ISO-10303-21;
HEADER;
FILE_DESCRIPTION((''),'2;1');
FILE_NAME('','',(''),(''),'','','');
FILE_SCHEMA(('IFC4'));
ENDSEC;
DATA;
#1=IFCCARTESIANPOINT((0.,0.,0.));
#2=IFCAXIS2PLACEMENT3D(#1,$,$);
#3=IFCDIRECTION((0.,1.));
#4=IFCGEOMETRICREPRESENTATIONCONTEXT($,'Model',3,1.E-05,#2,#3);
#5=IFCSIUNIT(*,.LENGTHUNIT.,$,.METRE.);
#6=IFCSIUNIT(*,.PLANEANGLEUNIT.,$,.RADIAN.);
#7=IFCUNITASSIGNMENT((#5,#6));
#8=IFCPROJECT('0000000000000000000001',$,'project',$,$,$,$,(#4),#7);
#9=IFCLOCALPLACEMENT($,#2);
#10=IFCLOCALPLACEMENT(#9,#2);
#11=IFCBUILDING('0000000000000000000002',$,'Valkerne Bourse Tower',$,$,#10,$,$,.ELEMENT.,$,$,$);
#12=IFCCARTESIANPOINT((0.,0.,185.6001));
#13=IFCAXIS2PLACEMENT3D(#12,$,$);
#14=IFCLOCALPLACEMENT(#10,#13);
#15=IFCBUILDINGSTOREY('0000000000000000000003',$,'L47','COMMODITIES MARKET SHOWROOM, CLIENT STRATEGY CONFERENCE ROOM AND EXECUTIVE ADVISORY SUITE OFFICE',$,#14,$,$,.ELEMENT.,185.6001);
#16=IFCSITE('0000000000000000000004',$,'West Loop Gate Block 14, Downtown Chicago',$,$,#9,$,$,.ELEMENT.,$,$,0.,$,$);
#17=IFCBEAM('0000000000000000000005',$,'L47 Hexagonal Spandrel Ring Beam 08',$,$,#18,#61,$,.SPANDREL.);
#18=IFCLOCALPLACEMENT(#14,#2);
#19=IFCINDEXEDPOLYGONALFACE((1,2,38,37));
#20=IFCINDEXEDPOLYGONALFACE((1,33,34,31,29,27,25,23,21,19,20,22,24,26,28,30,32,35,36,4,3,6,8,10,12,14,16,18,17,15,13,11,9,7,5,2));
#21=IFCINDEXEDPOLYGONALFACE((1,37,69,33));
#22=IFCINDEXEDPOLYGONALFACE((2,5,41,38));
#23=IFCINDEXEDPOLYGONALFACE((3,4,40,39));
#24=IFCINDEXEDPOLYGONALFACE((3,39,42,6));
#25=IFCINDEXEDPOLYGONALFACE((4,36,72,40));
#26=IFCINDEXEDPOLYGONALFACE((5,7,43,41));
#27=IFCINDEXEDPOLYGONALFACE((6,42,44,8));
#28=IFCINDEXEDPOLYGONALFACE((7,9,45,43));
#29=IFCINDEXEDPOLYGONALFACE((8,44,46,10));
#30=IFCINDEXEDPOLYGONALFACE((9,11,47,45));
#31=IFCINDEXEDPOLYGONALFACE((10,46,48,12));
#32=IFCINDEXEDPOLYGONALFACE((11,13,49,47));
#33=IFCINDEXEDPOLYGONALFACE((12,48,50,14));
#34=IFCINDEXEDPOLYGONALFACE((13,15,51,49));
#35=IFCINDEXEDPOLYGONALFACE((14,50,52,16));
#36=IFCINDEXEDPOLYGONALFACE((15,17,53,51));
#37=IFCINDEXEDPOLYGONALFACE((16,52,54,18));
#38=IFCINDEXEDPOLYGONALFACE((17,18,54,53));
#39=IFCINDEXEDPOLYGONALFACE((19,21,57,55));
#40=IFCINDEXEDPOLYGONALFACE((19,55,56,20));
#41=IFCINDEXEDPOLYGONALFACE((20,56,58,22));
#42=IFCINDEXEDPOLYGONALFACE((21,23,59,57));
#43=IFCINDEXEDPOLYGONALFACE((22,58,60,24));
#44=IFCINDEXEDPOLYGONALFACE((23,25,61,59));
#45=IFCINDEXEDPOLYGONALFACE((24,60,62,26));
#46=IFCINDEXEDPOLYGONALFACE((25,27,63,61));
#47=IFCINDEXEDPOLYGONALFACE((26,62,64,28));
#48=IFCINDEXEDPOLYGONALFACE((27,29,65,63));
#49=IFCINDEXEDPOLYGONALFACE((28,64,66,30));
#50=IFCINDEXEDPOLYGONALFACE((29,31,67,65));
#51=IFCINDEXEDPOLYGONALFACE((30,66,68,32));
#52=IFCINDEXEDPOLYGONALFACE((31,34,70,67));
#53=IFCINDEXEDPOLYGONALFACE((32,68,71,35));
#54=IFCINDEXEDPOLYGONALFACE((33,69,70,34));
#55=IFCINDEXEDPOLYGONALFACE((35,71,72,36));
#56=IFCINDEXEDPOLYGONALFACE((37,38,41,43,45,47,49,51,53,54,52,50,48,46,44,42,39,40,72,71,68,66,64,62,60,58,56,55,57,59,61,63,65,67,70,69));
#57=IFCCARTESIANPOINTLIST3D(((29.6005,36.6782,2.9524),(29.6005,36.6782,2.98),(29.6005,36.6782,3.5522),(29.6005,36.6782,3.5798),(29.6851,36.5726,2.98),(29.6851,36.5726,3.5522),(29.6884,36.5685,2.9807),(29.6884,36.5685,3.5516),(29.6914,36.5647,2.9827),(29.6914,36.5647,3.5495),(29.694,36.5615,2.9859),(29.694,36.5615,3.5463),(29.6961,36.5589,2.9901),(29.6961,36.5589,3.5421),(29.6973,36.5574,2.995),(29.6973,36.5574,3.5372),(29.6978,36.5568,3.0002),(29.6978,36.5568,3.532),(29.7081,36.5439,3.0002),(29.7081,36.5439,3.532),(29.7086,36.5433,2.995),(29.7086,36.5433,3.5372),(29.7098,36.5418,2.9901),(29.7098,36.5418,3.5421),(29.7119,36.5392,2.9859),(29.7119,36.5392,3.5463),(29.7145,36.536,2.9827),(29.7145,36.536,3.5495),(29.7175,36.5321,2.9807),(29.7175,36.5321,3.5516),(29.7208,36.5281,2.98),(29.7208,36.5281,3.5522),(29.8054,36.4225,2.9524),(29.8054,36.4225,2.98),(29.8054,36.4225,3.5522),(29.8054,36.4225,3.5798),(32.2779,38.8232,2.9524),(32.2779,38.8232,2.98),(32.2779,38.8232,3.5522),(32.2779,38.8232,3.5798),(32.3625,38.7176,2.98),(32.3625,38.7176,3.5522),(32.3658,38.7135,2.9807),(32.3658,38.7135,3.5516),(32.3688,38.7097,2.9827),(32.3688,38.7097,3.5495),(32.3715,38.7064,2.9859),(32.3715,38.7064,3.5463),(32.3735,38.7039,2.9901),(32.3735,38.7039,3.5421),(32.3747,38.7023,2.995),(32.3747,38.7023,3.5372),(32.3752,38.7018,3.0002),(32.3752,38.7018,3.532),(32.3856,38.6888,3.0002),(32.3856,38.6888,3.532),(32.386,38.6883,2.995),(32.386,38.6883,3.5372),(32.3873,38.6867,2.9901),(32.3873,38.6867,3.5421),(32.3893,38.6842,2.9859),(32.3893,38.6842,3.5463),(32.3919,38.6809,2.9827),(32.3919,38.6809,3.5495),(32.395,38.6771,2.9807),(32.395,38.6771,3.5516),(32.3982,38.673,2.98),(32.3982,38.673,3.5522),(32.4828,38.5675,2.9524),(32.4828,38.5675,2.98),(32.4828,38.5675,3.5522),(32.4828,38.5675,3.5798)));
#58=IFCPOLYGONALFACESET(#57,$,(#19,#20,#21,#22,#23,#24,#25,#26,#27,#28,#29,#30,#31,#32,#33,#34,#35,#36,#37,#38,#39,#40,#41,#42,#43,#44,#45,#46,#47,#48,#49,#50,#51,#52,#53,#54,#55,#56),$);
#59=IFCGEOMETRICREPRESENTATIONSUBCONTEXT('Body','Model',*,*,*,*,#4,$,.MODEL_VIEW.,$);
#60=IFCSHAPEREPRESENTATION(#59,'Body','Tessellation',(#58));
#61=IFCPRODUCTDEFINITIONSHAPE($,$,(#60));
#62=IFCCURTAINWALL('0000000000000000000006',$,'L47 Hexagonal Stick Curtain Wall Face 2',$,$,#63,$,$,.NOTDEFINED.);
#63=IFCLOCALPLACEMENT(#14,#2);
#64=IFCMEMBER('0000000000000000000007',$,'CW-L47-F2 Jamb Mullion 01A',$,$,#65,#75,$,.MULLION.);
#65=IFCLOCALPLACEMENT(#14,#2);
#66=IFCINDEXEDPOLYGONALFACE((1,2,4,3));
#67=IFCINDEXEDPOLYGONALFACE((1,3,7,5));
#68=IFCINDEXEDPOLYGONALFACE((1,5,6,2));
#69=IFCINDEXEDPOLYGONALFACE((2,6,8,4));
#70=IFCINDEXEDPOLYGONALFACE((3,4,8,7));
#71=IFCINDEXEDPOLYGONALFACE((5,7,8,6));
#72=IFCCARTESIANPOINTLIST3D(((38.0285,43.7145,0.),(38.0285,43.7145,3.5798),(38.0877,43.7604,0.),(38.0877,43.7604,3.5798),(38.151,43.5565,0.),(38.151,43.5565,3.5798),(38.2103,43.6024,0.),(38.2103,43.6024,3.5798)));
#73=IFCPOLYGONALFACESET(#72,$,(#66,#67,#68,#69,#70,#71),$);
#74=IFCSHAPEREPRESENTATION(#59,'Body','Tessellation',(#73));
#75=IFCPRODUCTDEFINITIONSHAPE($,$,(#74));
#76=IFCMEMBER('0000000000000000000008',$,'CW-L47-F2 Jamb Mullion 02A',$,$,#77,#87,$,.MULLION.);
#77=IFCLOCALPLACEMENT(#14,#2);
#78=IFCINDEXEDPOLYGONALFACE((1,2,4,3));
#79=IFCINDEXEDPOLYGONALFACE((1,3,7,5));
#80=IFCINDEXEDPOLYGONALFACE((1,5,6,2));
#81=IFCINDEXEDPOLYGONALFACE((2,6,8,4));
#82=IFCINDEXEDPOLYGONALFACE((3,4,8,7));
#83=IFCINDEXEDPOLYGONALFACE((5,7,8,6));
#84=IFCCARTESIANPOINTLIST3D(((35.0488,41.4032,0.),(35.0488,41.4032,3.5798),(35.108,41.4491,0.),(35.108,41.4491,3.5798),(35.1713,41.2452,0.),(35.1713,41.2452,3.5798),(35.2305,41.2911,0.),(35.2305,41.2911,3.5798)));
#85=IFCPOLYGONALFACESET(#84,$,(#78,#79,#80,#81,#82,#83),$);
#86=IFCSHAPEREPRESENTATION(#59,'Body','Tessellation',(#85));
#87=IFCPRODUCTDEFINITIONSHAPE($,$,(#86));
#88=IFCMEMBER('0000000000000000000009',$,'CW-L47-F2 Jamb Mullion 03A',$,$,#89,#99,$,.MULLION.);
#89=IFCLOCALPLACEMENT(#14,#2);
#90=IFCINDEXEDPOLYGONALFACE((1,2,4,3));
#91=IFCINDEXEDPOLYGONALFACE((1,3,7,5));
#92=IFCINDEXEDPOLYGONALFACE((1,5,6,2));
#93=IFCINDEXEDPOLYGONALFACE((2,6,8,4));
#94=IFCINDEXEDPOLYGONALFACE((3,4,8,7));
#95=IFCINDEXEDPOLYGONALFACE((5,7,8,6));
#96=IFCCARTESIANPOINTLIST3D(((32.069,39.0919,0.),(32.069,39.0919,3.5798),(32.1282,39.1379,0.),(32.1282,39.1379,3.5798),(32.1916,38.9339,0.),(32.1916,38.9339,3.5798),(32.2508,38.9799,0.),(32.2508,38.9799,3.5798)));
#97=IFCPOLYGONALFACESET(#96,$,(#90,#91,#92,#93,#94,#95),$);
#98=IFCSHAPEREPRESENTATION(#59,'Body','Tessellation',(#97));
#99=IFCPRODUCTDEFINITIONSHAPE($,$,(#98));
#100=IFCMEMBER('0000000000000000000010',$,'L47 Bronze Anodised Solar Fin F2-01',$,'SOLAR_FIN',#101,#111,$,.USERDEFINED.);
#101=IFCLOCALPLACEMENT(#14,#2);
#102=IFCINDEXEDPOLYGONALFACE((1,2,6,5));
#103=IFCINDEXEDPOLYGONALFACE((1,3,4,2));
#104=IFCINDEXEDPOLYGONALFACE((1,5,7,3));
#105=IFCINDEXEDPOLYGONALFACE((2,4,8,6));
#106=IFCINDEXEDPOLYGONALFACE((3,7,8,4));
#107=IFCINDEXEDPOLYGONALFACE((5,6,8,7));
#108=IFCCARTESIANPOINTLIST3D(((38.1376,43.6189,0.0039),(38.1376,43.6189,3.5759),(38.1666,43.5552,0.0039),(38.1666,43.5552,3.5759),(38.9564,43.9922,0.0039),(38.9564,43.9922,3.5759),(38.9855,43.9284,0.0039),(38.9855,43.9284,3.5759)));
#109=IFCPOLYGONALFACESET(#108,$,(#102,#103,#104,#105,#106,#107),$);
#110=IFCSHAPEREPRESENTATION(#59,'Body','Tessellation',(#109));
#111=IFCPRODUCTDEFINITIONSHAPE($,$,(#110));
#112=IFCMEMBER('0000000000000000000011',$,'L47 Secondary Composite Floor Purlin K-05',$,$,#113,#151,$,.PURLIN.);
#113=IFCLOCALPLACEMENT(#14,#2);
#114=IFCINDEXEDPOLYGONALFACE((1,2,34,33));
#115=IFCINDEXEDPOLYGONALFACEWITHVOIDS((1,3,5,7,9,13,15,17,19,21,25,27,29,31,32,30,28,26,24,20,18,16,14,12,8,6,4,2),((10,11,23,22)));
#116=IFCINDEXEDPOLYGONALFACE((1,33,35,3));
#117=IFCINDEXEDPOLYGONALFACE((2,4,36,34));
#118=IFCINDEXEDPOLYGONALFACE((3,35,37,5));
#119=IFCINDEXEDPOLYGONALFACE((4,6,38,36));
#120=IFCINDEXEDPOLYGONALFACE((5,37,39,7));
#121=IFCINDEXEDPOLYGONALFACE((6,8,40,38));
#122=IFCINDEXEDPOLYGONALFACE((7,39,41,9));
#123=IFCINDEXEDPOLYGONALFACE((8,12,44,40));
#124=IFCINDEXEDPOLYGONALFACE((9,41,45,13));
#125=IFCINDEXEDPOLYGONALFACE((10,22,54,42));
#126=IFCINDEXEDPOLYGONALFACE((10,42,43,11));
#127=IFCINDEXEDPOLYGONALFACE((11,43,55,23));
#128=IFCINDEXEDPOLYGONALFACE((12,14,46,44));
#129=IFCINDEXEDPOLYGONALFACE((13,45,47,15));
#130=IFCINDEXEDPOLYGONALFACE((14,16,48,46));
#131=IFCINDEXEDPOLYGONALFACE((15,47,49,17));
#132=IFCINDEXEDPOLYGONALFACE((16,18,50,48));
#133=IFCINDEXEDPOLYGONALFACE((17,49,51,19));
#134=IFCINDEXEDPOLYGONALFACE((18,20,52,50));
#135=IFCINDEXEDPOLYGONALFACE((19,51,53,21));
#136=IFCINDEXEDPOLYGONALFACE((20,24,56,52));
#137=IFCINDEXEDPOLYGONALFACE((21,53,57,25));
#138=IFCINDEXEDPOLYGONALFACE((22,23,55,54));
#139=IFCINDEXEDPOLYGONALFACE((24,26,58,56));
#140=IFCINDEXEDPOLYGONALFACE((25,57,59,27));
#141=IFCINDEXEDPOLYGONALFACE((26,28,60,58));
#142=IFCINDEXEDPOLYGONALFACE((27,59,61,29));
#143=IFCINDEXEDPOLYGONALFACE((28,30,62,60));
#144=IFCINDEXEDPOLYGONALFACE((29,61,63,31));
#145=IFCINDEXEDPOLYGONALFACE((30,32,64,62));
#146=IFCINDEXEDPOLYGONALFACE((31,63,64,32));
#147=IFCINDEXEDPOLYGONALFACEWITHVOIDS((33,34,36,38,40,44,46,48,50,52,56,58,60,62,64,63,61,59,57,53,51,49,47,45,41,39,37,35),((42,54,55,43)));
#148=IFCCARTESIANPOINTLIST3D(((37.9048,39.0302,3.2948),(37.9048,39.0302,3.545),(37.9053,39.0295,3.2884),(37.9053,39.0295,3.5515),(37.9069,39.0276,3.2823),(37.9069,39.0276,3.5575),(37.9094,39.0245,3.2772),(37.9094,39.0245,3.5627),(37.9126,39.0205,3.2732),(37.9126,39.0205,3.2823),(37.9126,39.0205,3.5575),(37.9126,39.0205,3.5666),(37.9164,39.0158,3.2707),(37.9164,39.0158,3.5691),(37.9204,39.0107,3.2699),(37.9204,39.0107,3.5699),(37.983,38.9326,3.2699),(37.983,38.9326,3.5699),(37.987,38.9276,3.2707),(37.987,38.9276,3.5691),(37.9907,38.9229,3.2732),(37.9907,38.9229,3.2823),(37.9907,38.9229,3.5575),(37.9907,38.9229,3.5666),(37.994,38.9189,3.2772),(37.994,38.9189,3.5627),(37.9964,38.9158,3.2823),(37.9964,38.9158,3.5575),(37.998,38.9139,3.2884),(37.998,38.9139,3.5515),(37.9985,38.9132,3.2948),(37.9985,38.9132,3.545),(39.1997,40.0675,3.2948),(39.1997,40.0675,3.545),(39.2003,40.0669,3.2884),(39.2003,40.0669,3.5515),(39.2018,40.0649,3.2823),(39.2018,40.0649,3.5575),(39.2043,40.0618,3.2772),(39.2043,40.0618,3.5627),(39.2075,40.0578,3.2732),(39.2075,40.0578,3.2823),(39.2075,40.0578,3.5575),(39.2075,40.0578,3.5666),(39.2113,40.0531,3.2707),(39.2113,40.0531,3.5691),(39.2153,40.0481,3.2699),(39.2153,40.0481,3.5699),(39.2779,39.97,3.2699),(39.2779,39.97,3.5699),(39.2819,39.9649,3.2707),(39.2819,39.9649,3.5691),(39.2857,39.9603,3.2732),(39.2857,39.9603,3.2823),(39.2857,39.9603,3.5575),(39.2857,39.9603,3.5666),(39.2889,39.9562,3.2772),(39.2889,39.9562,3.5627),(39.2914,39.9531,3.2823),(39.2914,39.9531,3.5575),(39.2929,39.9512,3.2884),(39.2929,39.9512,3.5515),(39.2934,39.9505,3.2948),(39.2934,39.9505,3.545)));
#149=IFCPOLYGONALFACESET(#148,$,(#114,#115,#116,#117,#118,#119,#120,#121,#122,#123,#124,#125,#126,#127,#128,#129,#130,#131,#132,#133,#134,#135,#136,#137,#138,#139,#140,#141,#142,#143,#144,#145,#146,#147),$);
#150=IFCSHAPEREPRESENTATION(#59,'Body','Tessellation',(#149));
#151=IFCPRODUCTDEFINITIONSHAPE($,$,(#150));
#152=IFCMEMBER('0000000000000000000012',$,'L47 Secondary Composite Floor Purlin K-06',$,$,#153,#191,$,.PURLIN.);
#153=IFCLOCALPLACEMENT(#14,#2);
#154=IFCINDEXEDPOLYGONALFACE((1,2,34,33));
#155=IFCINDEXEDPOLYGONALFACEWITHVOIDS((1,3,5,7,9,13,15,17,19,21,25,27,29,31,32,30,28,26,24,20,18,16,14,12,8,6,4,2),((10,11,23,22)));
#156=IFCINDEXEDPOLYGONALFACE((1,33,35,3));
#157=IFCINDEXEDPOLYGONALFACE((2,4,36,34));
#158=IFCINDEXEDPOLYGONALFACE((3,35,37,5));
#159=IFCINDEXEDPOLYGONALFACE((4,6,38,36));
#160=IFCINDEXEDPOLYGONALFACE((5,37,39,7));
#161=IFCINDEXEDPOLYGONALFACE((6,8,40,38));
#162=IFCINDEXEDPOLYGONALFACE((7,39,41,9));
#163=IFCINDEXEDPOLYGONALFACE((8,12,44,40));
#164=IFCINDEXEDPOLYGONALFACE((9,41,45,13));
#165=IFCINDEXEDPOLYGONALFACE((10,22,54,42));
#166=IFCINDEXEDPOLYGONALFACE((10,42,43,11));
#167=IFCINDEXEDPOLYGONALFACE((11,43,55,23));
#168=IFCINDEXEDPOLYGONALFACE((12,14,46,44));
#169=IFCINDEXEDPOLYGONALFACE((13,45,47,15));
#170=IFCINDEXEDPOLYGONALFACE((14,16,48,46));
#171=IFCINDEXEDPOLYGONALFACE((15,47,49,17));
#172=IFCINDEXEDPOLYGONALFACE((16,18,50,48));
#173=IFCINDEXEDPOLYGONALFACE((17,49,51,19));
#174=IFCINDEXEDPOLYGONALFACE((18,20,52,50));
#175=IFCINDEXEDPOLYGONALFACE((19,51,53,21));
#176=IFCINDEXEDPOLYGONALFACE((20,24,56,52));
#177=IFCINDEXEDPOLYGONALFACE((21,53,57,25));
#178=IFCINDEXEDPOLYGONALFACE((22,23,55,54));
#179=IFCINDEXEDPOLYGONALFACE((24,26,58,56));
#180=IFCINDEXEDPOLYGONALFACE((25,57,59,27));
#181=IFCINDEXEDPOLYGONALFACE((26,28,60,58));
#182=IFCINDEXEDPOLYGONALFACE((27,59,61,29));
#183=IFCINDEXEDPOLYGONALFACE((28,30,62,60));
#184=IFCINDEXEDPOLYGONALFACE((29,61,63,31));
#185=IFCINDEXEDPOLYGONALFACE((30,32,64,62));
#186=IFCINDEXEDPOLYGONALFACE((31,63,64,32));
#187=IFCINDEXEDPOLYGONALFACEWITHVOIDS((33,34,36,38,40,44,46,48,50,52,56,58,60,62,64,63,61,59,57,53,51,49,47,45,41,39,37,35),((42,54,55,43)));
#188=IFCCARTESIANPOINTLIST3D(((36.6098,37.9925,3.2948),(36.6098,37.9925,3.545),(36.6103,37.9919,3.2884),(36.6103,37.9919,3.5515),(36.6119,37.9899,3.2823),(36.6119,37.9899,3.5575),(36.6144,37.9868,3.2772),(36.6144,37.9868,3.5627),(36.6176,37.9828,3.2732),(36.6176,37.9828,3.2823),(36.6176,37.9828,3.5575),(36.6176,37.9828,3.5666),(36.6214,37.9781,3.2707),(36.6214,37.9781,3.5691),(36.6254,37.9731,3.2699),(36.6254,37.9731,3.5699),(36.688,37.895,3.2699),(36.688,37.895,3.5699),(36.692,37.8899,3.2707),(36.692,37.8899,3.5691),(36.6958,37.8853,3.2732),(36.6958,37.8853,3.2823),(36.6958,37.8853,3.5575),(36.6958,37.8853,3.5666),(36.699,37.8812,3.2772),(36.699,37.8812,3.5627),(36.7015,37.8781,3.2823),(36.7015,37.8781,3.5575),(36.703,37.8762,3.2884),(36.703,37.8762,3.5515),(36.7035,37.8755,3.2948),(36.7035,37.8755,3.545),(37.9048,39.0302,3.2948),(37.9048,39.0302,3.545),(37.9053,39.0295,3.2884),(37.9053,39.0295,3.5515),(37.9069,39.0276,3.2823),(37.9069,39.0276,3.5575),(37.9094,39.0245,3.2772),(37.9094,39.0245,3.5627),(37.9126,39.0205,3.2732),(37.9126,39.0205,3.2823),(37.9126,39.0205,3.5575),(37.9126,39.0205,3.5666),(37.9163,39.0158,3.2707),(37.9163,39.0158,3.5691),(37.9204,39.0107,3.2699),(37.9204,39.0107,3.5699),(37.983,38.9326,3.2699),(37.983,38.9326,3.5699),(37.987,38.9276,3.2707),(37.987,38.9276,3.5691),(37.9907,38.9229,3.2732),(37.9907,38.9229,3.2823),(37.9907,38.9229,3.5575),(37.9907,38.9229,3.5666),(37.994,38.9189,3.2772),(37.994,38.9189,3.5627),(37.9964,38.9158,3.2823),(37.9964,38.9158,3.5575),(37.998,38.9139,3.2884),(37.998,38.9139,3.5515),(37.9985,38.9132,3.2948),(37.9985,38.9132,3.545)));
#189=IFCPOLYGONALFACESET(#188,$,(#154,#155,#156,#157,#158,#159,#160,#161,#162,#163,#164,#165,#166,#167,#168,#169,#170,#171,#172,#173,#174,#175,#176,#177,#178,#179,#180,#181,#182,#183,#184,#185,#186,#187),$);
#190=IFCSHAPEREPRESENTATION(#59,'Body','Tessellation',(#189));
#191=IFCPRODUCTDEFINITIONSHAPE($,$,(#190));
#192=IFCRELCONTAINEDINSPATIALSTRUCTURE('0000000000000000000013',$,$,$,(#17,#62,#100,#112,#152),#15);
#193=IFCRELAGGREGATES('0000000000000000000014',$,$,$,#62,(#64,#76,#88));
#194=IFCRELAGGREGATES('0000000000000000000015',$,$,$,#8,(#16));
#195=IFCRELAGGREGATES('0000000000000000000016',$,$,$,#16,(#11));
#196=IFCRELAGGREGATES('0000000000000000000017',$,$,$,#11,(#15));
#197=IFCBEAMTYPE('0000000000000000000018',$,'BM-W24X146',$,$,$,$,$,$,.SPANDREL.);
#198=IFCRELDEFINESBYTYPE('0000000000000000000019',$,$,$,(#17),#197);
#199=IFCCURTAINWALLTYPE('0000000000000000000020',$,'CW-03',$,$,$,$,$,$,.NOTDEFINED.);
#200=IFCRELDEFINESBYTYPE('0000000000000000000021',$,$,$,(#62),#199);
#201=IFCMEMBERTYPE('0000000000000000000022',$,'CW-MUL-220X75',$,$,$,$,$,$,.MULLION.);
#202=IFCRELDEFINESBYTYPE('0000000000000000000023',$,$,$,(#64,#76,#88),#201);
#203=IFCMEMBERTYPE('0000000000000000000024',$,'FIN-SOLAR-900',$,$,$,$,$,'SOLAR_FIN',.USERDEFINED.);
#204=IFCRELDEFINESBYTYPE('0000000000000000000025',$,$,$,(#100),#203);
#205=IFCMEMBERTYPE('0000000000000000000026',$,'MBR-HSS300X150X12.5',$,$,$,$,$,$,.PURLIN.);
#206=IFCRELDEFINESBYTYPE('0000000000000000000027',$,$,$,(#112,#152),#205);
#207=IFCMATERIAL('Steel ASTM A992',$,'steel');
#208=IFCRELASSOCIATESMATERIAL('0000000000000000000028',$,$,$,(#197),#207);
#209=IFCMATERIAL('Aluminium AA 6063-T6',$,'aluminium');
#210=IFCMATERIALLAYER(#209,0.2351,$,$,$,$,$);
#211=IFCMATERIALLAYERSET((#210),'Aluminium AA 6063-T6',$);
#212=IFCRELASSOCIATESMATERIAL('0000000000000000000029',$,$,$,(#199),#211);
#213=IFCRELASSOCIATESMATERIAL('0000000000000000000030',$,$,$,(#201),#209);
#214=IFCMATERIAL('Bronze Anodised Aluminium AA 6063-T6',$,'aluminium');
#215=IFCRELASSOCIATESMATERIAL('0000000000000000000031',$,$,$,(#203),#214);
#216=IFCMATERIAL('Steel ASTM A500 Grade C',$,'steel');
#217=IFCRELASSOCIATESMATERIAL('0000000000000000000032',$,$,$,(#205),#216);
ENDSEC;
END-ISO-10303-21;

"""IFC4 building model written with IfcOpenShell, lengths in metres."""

from ifc_helpers import new_model, si_unit, direction, frame, origin, origin_2d, place, context, subcontext, project, spatial, rectangle, hollow_rectangle, i_section, extrude, material, layer, layer_set, material_profile, profile_set, type_object, element, aggregate, save


model = new_model("IFC4")

# Units and contexts
model_context = context("Model", 3, precision=1e-05, world=origin(), true_north=direction((0.0, 1.0)))
body_context = subcontext(model_context, "Body", "Model", "MODEL_VIEW")
ifc_project = project(units=[si_unit("LENGTHUNIT", "METRE"), si_unit("PLANEANGLEUNIT", "RADIAN")], contexts=[model_context])

# Site, building, storey
site_placement = place(None, origin())
site = spatial("IfcSite", under=ifc_project, at=site_placement, Name="West Loop Gate Block 14, Downtown Chicago", CompositionType="ELEMENT", RefElevation=0.0)
building_placement = place(site_placement, origin())
building = spatial("IfcBuilding", under=site, at=building_placement, Name="Valkerne Bourse Tower", CompositionType="ELEMENT")
storey_placement = place(building_placement, frame((0.0, 0.0, 185.6001)))
storey = spatial("IfcBuildingStorey", under=building, at=storey_placement, Name="L47", Description="COMMODITIES MARKET SHOWROOM, CLIENT STRATEGY CONFERENCE ROOM AND EXECUTIVE ADVISORY SUITE OFFICE", CompositionType="ELEMENT", Elevation=185.6001)

# Beam
ifc_material_1 = material(Name="Steel ASTM A992", Category="steel")
ifc_material_profile_1 = material_profile(ifc_material_1, i_section(OverallWidth=0.3276, OverallDepth=0.6274, WebThickness=0.0166, FlangeThickness=0.0276, FilletRadius=0.0203, at=origin_2d()), Name="W24X146")
ifc_profile_set_1 = profile_set([ifc_material_profile_1], Name="Steel ASTM A992")
beam_type_1 = type_object("IfcBeamType", Name="BM-W24X146", PredefinedType="SPANDREL", material=ifc_profile_set_1)
beam_1_placement = place(storey_placement, frame((32.3804, 38.6953, 3.2661), z_axis=(-0.780438, -0.625233, 0.0), x_axis=(0.625233, -0.780438, 0.0)))
element("IfcBeam", 1, at=beam_1_placement, inside=storey, type_object=beam_type_1, Name="L47 Hexagonal Spandrel Ring Beam 08", PredefinedType="SPANDREL", context=body_context, shape_type="SweptSolid", body=[
    extrude(i_section(OverallWidth=0.3276, OverallDepth=0.6274, WebThickness=0.0166, FlangeThickness=0.0276, FilletRadius=0.0203, at=origin_2d()), origin(), (0.0, 0.0, 1.0), 3.4307),
])

# Curtain wall, members
ifc_material_2 = material(Name="Aluminium AA 6063-T6", Category="aluminium")
ifc_layer_1 = layer(ifc_material_2, 0.2351)
ifc_layer_set_1 = layer_set([ifc_layer_1], Name="Aluminium AA 6063-T6")
curtain_wall_type = type_object("IfcCurtainWallType", Name="CW-03", PredefinedType="NOTDEFINED", material=ifc_layer_set_1)
curtain_wall_placement = place(storey_placement, origin())
curtain_wall = element("IfcCurtainWall", 2, at=curtain_wall_placement, inside=storey, type_object=curtain_wall_type, Name="L47 Hexagonal Stick Curtain Wall Face 2", PredefinedType="NOTDEFINED")
ifc_material_profile_2 = material_profile(ifc_material_2, rectangle(XDim=0.075, YDim=0.2, at=origin_2d()), Name="CWM-75X200")
ifc_profile_set_2 = profile_set([ifc_material_profile_2], Name="Aluminium AA 6063-T6")
member_type_1 = type_object("IfcMemberType", Name="CW-MUL-220X75", PredefinedType="MULLION", material=ifc_profile_set_2)
member_1_placement = place(storey_placement, frame((38.1194, 43.6584, 0.0), z_axis=(0.0, 0.0, 1.0), x_axis=(-0.790167, -0.612892, 0.0)))
member_1 = element("IfcMember", 3, at=member_1_placement, type_object=member_type_1, Name="CW-L47-F2 Jamb Mullion 01A", PredefinedType="MULLION", context=body_context, shape_type="SweptSolid", body=[
    extrude(rectangle(XDim=0.075, YDim=0.2, at=origin_2d()), origin(), (0.0, 0.0, 1.0), 3.5798),
])
member_2_placement = place(storey_placement, frame((35.1396, 41.3472, 0.0), z_axis=(0.0, 0.0, 1.0), x_axis=(-0.790154, -0.612908, 0.0)))
member_2 = element("IfcMember", 4, at=member_2_placement, type_object=member_type_1, Name="CW-L47-F2 Jamb Mullion 02A", PredefinedType="MULLION", context=body_context, shape_type="SweptSolid", body=[
    extrude(rectangle(XDim=0.075, YDim=0.2, at=origin_2d()), origin(), (0.0, 0.0, 1.0), 3.5798),
])
member_3_placement = place(storey_placement, frame((32.1599, 39.0359, 0.0), z_axis=(0.0, 0.0, 1.0), x_axis=(-0.790154, -0.612908, 0.0)))
member_3 = element("IfcMember", 5, at=member_3_placement, type_object=member_type_1, Name="CW-L47-F2 Jamb Mullion 03A", PredefinedType="MULLION", context=body_context, shape_type="SweptSolid", body=[
    extrude(rectangle(XDim=0.075, YDim=0.2, at=origin_2d()), origin(), (0.0, 0.0, 1.0), 3.5798),
])

# Members
ifc_material_3 = material(Name="Bronze Anodised Aluminium AA 6063-T6", Category="aluminium")
ifc_material_profile_3 = material_profile(ifc_material_3, rectangle(XDim=0.0701, YDim=0.8999, at=origin_2d()), Name="FIN-70X900")
ifc_profile_set_3 = profile_set([ifc_material_profile_3], Name="Bronze Anodised Aluminium AA 6063-T6")
member_type_2 = type_object("IfcMemberType", Name="FIN-SOLAR-900", ElementType="SOLAR_FIN", PredefinedType="USERDEFINED", material=ifc_profile_set_3)
member_4_placement = place(storey_placement, frame((38.5615, 43.7737, 0.0039), z_axis=(0.0, 0.0, 1.0), x_axis=(-0.414802, 0.909912, 0.0)))
element("IfcMember", 6, at=member_4_placement, inside=storey, type_object=member_type_2, Name="L47 Bronze Anodised Solar Fin F2-01", ObjectType="SOLAR_FIN", PredefinedType="USERDEFINED", context=body_context, shape_type="SweptSolid", body=[
    extrude(rectangle(XDim=0.0701, YDim=0.8999, at=origin_2d()), origin(), (0.0, 0.0, 1.0), 3.572),
])
ifc_material_4 = material(Name="Steel ASTM A500 Grade C", Category="steel")
ifc_material_profile_4 = material_profile(ifc_material_4, hollow_rectangle(XDim=0.1499, YDim=0.3, WallThickness=0.0125, OuterFilletRadius=0.0249, at=origin_2d()), Name="HSS300X150X12.5")
ifc_profile_set_4 = profile_set([ifc_material_profile_4], Name="Steel ASTM A500 Grade C")
member_type_3 = type_object("IfcMemberType", Name="MBR-HSS300X150X12.5", PredefinedType="PURLIN", material=ifc_profile_set_4)
member_5_placement = place(storey_placement, frame((39.2466, 40.009, 3.4199), z_axis=(-0.780452, -0.625215, 0.0), x_axis=(0.625215, -0.780452, 0.0)))
element("IfcMember", 7, at=member_5_placement, inside=storey, type_object=member_type_3, Name="L47 Secondary Composite Floor Purlin K-05", PredefinedType="PURLIN", context=body_context, shape_type="SweptSolid", body=[
    extrude(hollow_rectangle(XDim=0.1499, YDim=0.3, WallThickness=0.0125, OuterFilletRadius=0.0249, at=origin_2d()), origin(), (0.0, 0.0, 1.0), 1.6592),
])
member_6_placement = place(storey_placement, frame((37.9517, 38.9717, 3.4199), z_axis=(-0.780381, -0.625305, 0.0), x_axis=(0.625305, -0.780381, 0.0)))
element("IfcMember", 8, at=member_6_placement, inside=storey, type_object=member_type_3, Name="L47 Secondary Composite Floor Purlin K-06", PredefinedType="PURLIN", context=body_context, shape_type="SweptSolid", body=[
    extrude(hollow_rectangle(XDim=0.1499, YDim=0.3, WallThickness=0.0125, OuterFilletRadius=0.0249, at=origin_2d()), origin(), (0.0, 0.0, 1.0), 1.6594),
])

aggregate(curtain_wall, [member_1, member_2, member_3])

save(model, "model.ifc")
